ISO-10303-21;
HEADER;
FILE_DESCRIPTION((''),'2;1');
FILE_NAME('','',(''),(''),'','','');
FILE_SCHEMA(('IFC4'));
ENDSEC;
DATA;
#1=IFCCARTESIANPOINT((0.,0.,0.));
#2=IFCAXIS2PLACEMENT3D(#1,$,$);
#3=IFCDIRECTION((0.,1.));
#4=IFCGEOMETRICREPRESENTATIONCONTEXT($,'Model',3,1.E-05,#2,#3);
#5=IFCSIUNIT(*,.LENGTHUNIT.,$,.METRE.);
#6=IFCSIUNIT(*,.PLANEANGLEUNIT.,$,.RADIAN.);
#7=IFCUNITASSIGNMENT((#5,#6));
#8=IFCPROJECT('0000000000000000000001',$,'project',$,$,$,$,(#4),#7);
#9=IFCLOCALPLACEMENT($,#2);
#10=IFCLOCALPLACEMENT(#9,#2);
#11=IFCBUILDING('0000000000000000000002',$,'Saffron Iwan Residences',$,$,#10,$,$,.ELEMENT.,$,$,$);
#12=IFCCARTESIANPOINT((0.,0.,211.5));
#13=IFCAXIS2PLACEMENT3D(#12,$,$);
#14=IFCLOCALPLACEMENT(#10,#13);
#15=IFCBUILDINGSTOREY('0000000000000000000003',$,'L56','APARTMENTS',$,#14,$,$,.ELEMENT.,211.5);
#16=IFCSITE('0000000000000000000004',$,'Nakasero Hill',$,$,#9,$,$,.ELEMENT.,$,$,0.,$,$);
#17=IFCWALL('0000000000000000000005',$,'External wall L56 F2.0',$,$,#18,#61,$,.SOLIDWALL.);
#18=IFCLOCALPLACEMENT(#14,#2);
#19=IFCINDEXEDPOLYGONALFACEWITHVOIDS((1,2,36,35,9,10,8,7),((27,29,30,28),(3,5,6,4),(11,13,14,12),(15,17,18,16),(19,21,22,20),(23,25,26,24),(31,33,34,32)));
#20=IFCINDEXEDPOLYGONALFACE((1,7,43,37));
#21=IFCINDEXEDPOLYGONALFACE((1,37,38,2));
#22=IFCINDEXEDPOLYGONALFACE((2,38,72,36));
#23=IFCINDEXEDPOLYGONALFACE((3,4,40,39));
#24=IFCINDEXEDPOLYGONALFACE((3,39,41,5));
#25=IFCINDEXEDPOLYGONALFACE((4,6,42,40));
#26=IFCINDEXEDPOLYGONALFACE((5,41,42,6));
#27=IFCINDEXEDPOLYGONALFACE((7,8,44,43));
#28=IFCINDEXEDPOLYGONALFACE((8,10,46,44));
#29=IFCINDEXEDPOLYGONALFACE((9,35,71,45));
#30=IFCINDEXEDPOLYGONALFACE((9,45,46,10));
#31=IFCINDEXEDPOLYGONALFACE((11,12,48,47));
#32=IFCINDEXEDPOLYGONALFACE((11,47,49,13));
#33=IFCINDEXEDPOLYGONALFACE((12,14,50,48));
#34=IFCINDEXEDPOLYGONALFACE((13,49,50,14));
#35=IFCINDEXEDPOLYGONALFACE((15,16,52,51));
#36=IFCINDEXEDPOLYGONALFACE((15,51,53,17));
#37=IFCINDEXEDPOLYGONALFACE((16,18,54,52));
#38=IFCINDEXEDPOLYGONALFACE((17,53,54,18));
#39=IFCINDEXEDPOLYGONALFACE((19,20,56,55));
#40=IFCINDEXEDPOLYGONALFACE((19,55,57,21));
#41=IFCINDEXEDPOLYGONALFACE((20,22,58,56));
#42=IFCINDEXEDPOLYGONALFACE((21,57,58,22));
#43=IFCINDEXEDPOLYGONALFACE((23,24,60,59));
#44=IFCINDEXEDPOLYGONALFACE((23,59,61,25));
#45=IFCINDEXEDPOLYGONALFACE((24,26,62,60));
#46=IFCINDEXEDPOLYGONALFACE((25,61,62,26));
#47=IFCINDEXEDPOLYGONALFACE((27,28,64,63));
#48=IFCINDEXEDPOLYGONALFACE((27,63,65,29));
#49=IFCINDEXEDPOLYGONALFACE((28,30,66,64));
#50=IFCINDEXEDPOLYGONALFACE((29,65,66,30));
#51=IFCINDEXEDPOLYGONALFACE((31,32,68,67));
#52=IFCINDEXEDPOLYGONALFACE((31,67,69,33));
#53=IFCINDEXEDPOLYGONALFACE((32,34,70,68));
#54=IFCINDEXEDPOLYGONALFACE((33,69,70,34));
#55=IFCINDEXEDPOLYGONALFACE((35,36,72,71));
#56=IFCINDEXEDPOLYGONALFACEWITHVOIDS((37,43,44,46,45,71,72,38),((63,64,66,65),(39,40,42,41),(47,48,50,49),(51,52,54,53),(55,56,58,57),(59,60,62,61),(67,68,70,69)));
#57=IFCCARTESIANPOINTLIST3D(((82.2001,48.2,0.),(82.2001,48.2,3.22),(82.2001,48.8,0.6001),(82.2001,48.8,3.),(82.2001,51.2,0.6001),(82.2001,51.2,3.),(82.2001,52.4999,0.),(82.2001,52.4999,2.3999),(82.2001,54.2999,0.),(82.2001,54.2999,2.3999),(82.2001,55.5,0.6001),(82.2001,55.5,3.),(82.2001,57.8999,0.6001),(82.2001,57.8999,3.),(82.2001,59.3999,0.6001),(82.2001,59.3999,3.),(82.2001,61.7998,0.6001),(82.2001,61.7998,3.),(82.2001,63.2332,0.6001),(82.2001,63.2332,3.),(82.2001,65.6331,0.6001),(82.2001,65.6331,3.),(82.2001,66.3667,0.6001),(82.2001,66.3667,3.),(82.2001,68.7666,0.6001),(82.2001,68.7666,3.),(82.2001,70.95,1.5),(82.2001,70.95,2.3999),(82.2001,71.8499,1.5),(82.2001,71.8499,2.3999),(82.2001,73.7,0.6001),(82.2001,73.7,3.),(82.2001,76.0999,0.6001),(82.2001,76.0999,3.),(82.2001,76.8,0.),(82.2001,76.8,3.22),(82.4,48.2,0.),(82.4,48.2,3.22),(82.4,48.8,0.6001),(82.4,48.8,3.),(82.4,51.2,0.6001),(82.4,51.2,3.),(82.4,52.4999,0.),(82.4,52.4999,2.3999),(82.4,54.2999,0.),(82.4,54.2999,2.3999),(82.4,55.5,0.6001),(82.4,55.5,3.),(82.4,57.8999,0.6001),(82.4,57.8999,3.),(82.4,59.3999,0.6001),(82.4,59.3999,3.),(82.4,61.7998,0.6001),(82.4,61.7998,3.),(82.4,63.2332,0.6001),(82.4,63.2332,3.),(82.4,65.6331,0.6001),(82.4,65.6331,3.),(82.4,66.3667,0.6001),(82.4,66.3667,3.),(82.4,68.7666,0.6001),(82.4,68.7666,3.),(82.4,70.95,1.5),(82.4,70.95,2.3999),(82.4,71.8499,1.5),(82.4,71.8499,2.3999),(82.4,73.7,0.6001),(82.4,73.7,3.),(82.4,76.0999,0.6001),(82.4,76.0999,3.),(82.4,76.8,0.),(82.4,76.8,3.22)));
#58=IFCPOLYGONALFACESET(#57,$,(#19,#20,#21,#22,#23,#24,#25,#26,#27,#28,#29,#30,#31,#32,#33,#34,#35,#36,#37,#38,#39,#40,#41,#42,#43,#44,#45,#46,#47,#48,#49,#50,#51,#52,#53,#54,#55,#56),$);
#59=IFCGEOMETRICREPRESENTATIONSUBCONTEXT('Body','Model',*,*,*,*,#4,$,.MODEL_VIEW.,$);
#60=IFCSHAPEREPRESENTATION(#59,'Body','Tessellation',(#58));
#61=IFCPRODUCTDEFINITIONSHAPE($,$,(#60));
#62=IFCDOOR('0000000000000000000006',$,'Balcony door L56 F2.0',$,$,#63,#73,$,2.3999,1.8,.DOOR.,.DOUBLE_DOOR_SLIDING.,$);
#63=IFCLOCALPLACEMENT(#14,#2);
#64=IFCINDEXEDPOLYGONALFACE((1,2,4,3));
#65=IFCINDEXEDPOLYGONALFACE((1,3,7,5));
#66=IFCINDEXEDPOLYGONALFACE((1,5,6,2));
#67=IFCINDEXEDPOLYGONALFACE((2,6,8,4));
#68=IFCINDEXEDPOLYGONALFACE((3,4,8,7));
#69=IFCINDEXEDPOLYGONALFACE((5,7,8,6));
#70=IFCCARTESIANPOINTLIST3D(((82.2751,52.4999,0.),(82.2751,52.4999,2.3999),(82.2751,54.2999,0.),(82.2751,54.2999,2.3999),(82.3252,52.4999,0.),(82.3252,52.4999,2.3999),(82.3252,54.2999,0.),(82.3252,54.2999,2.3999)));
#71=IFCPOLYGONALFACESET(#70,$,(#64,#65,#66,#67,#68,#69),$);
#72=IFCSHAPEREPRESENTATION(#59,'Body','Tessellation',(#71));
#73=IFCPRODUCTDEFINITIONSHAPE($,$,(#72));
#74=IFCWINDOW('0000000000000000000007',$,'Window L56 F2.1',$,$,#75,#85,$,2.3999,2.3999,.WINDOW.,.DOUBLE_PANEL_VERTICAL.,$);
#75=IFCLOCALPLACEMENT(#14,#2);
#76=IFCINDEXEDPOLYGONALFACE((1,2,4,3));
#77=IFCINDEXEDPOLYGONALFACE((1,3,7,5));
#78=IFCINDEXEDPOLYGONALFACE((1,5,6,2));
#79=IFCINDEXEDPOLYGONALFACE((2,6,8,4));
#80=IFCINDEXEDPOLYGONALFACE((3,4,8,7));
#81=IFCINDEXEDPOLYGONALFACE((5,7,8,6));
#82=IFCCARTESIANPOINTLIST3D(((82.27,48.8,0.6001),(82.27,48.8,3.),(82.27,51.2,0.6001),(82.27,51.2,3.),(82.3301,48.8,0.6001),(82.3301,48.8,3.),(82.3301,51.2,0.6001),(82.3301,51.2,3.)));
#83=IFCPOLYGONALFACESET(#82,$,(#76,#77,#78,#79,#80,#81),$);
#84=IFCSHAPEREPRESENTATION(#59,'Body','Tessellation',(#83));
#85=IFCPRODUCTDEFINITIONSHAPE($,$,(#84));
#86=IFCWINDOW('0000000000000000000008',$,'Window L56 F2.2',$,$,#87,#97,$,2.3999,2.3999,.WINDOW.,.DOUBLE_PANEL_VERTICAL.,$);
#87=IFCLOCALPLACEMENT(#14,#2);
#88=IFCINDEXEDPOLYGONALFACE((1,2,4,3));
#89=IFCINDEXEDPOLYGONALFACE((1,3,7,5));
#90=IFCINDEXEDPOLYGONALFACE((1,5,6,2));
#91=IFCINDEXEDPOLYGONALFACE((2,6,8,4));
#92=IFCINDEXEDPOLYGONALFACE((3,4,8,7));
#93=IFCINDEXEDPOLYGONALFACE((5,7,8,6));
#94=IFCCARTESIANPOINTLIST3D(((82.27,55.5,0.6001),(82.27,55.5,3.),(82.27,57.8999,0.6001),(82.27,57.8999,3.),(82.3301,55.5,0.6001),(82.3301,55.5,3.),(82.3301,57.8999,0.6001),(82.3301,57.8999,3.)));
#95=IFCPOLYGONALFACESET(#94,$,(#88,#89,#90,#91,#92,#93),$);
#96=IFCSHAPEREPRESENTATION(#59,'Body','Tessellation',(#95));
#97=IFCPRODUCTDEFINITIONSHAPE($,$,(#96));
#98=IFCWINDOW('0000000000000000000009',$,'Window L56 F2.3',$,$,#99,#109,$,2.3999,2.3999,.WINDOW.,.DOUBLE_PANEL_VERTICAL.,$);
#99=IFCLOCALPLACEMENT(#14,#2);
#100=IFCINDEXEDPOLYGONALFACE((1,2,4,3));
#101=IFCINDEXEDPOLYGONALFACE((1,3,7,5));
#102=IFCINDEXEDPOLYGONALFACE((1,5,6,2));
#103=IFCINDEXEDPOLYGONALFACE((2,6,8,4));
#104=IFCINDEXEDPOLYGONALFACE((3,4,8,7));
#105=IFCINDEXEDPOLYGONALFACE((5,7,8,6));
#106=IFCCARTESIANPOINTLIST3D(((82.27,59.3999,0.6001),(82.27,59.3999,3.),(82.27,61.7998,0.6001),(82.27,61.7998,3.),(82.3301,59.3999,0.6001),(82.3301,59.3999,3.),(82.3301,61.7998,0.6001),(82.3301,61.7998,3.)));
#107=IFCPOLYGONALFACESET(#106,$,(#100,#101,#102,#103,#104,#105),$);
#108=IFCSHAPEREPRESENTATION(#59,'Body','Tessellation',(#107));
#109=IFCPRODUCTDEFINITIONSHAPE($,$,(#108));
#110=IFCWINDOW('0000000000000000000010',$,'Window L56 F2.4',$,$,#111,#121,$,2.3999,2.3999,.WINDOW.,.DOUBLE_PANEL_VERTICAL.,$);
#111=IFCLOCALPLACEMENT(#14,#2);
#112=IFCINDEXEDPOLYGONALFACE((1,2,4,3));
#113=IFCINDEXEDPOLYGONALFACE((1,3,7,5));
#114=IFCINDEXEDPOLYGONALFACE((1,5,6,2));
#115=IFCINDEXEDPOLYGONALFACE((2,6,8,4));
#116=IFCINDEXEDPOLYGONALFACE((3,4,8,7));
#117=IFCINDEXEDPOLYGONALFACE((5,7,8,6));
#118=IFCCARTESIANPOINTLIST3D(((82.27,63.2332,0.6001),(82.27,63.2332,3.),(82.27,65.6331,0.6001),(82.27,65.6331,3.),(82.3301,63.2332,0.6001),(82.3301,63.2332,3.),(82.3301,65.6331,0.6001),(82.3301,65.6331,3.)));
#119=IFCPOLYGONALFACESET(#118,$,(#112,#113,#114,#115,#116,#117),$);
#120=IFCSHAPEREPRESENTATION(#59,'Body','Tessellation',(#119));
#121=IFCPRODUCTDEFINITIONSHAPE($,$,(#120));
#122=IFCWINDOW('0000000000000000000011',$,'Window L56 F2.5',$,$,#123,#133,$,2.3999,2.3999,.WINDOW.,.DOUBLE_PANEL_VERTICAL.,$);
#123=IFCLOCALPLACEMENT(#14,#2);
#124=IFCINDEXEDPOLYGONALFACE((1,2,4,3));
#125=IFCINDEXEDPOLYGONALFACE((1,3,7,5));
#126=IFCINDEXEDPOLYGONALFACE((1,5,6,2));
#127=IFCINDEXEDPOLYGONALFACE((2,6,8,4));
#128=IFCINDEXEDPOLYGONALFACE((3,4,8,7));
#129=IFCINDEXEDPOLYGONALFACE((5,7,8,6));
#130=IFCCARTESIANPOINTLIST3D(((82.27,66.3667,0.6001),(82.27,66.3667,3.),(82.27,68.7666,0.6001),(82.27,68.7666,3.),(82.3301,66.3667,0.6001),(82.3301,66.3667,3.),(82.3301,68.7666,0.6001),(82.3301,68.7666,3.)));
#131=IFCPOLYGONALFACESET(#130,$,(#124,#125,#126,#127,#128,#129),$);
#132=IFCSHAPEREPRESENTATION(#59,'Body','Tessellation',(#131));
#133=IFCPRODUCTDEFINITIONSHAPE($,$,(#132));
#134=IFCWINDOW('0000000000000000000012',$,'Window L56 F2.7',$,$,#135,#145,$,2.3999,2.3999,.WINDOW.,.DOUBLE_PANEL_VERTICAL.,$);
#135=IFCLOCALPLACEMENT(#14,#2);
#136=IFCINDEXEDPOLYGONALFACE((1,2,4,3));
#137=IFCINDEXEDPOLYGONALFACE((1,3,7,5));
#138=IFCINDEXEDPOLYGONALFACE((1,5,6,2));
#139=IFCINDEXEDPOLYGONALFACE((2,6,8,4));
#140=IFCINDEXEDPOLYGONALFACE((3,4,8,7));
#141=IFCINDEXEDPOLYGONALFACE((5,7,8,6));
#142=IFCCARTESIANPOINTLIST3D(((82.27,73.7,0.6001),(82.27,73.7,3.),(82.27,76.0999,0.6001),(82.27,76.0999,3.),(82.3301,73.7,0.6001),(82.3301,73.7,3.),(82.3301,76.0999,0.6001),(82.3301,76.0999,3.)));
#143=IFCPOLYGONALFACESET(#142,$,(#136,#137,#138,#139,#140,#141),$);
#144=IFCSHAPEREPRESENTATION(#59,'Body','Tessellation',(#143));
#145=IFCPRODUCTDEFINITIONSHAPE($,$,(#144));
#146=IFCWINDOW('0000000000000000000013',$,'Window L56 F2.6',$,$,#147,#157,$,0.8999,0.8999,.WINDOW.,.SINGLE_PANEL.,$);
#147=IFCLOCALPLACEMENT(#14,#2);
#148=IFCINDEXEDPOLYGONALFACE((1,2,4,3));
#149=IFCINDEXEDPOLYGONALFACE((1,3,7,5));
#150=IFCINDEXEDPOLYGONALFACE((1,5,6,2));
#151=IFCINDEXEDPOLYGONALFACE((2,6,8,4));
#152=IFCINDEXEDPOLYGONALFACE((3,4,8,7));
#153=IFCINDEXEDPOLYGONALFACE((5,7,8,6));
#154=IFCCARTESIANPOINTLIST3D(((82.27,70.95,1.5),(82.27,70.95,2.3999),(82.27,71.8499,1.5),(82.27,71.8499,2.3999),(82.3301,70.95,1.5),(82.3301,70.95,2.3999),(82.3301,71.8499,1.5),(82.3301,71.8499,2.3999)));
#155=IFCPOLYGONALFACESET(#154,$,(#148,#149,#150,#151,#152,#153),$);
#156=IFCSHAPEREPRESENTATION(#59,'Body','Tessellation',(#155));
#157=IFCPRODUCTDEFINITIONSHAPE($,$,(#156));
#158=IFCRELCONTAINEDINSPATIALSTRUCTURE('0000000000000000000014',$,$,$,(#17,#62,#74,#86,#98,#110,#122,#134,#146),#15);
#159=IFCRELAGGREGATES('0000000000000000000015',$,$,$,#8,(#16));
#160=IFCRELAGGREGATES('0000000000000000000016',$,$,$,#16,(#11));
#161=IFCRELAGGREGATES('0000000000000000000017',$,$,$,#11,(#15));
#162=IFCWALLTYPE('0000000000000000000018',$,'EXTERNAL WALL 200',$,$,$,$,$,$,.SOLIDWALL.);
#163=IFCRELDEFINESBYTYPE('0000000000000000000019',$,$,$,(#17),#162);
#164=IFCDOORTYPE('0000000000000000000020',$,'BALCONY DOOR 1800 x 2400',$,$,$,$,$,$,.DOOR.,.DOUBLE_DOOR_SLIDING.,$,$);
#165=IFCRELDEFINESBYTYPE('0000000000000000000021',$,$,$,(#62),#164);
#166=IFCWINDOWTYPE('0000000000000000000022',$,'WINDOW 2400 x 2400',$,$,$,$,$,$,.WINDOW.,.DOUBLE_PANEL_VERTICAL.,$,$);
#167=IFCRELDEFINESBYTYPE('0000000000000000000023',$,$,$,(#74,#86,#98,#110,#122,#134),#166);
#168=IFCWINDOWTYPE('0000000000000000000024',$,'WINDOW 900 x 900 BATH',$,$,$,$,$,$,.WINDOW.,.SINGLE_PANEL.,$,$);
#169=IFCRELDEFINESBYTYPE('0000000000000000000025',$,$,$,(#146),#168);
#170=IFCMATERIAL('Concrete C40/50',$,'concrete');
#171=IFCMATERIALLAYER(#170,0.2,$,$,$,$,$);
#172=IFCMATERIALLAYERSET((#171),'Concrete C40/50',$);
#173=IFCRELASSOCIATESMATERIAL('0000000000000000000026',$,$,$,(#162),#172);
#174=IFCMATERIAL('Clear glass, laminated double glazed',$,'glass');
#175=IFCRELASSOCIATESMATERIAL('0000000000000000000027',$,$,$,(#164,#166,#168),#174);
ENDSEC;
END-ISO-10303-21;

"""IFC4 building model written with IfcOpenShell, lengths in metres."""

from ifc_helpers import new_model, si_unit, direction, frame, frame_2d, origin, place, context, subcontext, project, spatial, rectangle, extrude, material, layer, layer_set, type_object, element, fill, save


model = new_model("IFC4")

# Units and contexts
model_context = context("Model", 3, precision=1e-05, world=origin(), true_north=direction((0.0, 1.0)))
body_context = subcontext(model_context, "Body", "Model", "MODEL_VIEW")
ifc_project = project(units=[si_unit("LENGTHUNIT", "METRE"), si_unit("PLANEANGLEUNIT", "RADIAN")], contexts=[model_context])

# Site, building, storey
site_placement = place(None, origin())
site = spatial("IfcSite", under=ifc_project, at=site_placement, Name="Nakasero Hill", CompositionType="ELEMENT", RefElevation=0.0)
building_placement = place(site_placement, origin())
building = spatial("IfcBuilding", under=site, at=building_placement, Name="Saffron Iwan Residences", CompositionType="ELEMENT")
storey_placement = place(building_placement, frame((0.0, 0.0, 211.5)))
storey = spatial("IfcBuildingStorey", under=building, at=storey_placement, Name="L56", Description="APARTMENTS", CompositionType="ELEMENT", Elevation=211.5)

# Shared definitions
ifc_material_1 = material(Name="Concrete C40/50", Category="concrete")

# Shared definitions
ifc_layer_1 = layer(ifc_material_1, 0.2)
ifc_layer_set_1 = layer_set([ifc_layer_1], Name="Concrete C40/50")
wall_type_1 = type_object("IfcWallType", Name="EXTERNAL WALL 200", PredefinedType="SOLIDWALL", material=ifc_layer_set_1)
ifc_material_2 = material(Name="Clear glass, laminated double glazed", Category="glass")

# Wall, openings, door, windows
wall_1_placement = place(storey_placement, frame((82.3, 48.2, 0.0), z_axis=(0.0, 0.0, 1.0), x_axis=(0.0, 1.0, 0.0)))
wall_1 = element("IfcWall", 1, at=wall_1_placement, inside=storey, type_object=wall_type_1, Name="External wall L56 F2.0", PredefinedType="SOLIDWALL", context=body_context, shape_type="SweptSolid", body=[
    extrude(rectangle(XDim=28.6001, YDim=0.2, at=frame_2d((14.3, 0.0))), origin(), (0.0, 0.0, 1.0), 3.22),
])
opening_1_placement = place(wall_1_placement, frame((4.3, 0.0, 0.0)))
opening_1 = element("IfcOpeningElement", 2, at=opening_1_placement, cuts=wall_1, PredefinedType="OPENING", context=body_context, shape_type="SweptSolid", body=[
    extrude(rectangle(XDim=1.8, YDim=2.3999, at=frame_2d((0.8999, 1.2))), frame((0.0, 0.1099, 0.0), z_axis=(0.0, -1.0, 0.0), x_axis=(1.0, 0.0, 0.0)), (0.0, 0.0, 1.0), 0.22),
])
opening_2_placement = place(wall_1_placement, frame((0.6001, 0.0, 0.6001)))
opening_2 = element("IfcOpeningElement", 3, at=opening_2_placement, cuts=wall_1, PredefinedType="OPENING", context=body_context, shape_type="SweptSolid", body=[
    extrude(rectangle(XDim=2.3999, YDim=2.3999, at=frame_2d((1.2, 1.2))), frame((0.0, 0.1099, 0.0), z_axis=(0.0, -1.0, 0.0), x_axis=(1.0, 0.0, 0.0)), (0.0, 0.0, 1.0), 0.22),
])
opening_3_placement = place(wall_1_placement, frame((7.3, 0.0, 0.6001)))
opening_3 = element("IfcOpeningElement", 4, at=opening_3_placement, cuts=wall_1, PredefinedType="OPENING", context=body_context, shape_type="SweptSolid", body=[
    extrude(rectangle(XDim=2.3999, YDim=2.3999, at=frame_2d((1.2, 1.2))), frame((0.0, 0.1099, 0.0), z_axis=(0.0, -1.0, 0.0), x_axis=(1.0, 0.0, 0.0)), (0.0, 0.0, 1.0), 0.22),
])
opening_4_placement = place(wall_1_placement, frame((11.2, 0.0, 0.6001)))
opening_4 = element("IfcOpeningElement", 5, at=opening_4_placement, cuts=wall_1, PredefinedType="OPENING", context=body_context, shape_type="SweptSolid", body=[
    extrude(rectangle(XDim=2.3999, YDim=2.3999, at=frame_2d((1.2, 1.2))), frame((0.0, 0.1099, 0.0), z_axis=(0.0, -1.0, 0.0), x_axis=(1.0, 0.0, 0.0)), (0.0, 0.0, 1.0), 0.22),
])
opening_5_placement = place(wall_1_placement, frame((15.0332, 0.0, 0.6001)))
opening_5 = element("IfcOpeningElement", 6, at=opening_5_placement, cuts=wall_1, PredefinedType="OPENING", context=body_context, shape_type="SweptSolid", body=[
    extrude(rectangle(XDim=2.3999, YDim=2.3999, at=frame_2d((1.2, 1.2))), frame((0.0, 0.1099, 0.0), z_axis=(0.0, -1.0, 0.0), x_axis=(1.0, 0.0, 0.0)), (0.0, 0.0, 1.0), 0.22),
])
opening_6_placement = place(wall_1_placement, frame((18.1667, 0.0, 0.6001)))
opening_6 = element("IfcOpeningElement", 7, at=opening_6_placement, cuts=wall_1, PredefinedType="OPENING", context=body_context, shape_type="SweptSolid", body=[
    extrude(rectangle(XDim=2.3999, YDim=2.3999, at=frame_2d((1.2, 1.2))), frame((0.0, 0.1099, 0.0), z_axis=(0.0, -1.0, 0.0), x_axis=(1.0, 0.0, 0.0)), (0.0, 0.0, 1.0), 0.22),
])
opening_7_placement = place(wall_1_placement, frame((22.75, 0.0, 1.5)))
opening_7 = element("IfcOpeningElement", 8, at=opening_7_placement, cuts=wall_1, PredefinedType="OPENING", context=body_context, shape_type="SweptSolid", body=[
    extrude(rectangle(XDim=0.8999, YDim=0.8999, at=frame_2d((0.45, 0.45))), frame((0.0, 0.1099, 0.0), z_axis=(0.0, -1.0, 0.0), x_axis=(1.0, 0.0, 0.0)), (0.0, 0.0, 1.0), 0.22),
])
opening_8_placement = place(wall_1_placement, frame((25.5, 0.0, 0.6001)))
opening_8 = element("IfcOpeningElement", 9, at=opening_8_placement, cuts=wall_1, PredefinedType="OPENING", context=body_context, shape_type="SweptSolid", body=[
    extrude(rectangle(XDim=2.3999, YDim=2.3999, at=frame_2d((1.2, 1.2))), frame((0.0, 0.1099, 0.0), z_axis=(0.0, -1.0, 0.0), x_axis=(1.0, 0.0, 0.0)), (0.0, 0.0, 1.0), 0.22),
])
door_type_1 = type_object("IfcDoorType", Name="BALCONY DOOR 1800 x 2400", OperationType="DOUBLE_DOOR_SLIDING", PredefinedType="DOOR", material=ifc_material_2)
door_1_placement = place(opening_1_placement, origin())
door_1 = element("IfcDoor", 10, at=door_1_placement, inside=storey, type_object=door_type_1, Name="Balcony door L56 F2.0", OperationType="DOUBLE_DOOR_SLIDING", OverallHeight=2.3999, OverallWidth=1.8, PredefinedType="DOOR", context=body_context, shape_type="SweptSolid", body=[
    extrude(rectangle(XDim=1.8, YDim=2.3999, at=frame_2d((0.8999, 1.2))), frame((0.0, 0.0249, 0.0), z_axis=(0.0, -1.0, 0.0), x_axis=(1.0, 0.0, 0.0)), (0.0, 0.0, 1.0), 0.05),
])
fill(opening_1, door_1)
window_type_1 = type_object("IfcWindowType", Name="WINDOW 2400 x 2400", PartitioningType="DOUBLE_PANEL_VERTICAL", PredefinedType="WINDOW", material=ifc_material_2)
window_1_placement = place(opening_2_placement, origin())
window_1 = element("IfcWindow", 11, at=window_1_placement, inside=storey, type_object=window_type_1, Name="Window L56 F2.1", OverallHeight=2.3999, OverallWidth=2.3999, PartitioningType="DOUBLE_PANEL_VERTICAL", PredefinedType="WINDOW", context=body_context, shape_type="SweptSolid", body=[
    extrude(rectangle(XDim=2.3999, YDim=2.3999, at=frame_2d((1.2, 1.2))), frame((0.0, 0.03, 0.0), z_axis=(0.0, -1.0, 0.0), x_axis=(1.0, 0.0, 0.0)), (0.0, 0.0, 1.0), 0.0601),
])
fill(opening_2, window_1)
window_2_placement = place(opening_3_placement, origin())
window_2 = element("IfcWindow", 12, at=window_2_placement, inside=storey, type_object=window_type_1, Name="Window L56 F2.2", OverallHeight=2.3999, OverallWidth=2.3999, PartitioningType="DOUBLE_PANEL_VERTICAL", PredefinedType="WINDOW", context=body_context, shape_type="SweptSolid", body=[
    extrude(rectangle(XDim=2.3999, YDim=2.3999, at=frame_2d((1.2, 1.2))), frame((0.0, 0.03, 0.0), z_axis=(0.0, -1.0, 0.0), x_axis=(1.0, 0.0, 0.0)), (0.0, 0.0, 1.0), 0.0601),
])
fill(opening_3, window_2)
window_3_placement = place(opening_4_placement, origin())
window_3 = element("IfcWindow", 13, at=window_3_placement, inside=storey, type_object=window_type_1, Name="Window L56 F2.3", OverallHeight=2.3999, OverallWidth=2.3999, PartitioningType="DOUBLE_PANEL_VERTICAL", PredefinedType="WINDOW", context=body_context, shape_type="SweptSolid", body=[
    extrude(rectangle(XDim=2.3999, YDim=2.3999, at=frame_2d((1.2, 1.2))), frame((0.0, 0.03, 0.0), z_axis=(0.0, -1.0, 0.0), x_axis=(1.0, 0.0, 0.0)), (0.0, 0.0, 1.0), 0.0601),
])
fill(opening_4, window_3)
window_4_placement = place(opening_5_placement, origin())
window_4 = element("IfcWindow", 14, at=window_4_placement, inside=storey, type_object=window_type_1, Name="Window L56 F2.4", OverallHeight=2.3999, OverallWidth=2.3999, PartitioningType="DOUBLE_PANEL_VERTICAL", PredefinedType="WINDOW", context=body_context, shape_type="SweptSolid", body=[
    extrude(rectangle(XDim=2.3999, YDim=2.3999, at=frame_2d((1.2, 1.2))), frame((0.0, 0.03, 0.0), z_axis=(0.0, -1.0, 0.0), x_axis=(1.0, 0.0, 0.0)), (0.0, 0.0, 1.0), 0.0601),
])
fill(opening_5, window_4)
window_5_placement = place(opening_6_placement, origin())
window_5 = element("IfcWindow", 15, at=window_5_placement, inside=storey, type_object=window_type_1, Name="Window L56 F2.5", OverallHeight=2.3999, OverallWidth=2.3999, PartitioningType="DOUBLE_PANEL_VERTICAL", PredefinedType="WINDOW", context=body_context, shape_type="SweptSolid", body=[
    extrude(rectangle(XDim=2.3999, YDim=2.3999, at=frame_2d((1.2, 1.2))), frame((0.0, 0.03, 0.0), z_axis=(0.0, -1.0, 0.0), x_axis=(1.0, 0.0, 0.0)), (0.0, 0.0, 1.0), 0.0601),
])
fill(opening_6, window_5)
window_6_placement = place(opening_8_placement, origin())
window_6 = element("IfcWindow", 16, at=window_6_placement, inside=storey, type_object=window_type_1, Name="Window L56 F2.7", OverallHeight=2.3999, OverallWidth=2.3999, PartitioningType="DOUBLE_PANEL_VERTICAL", PredefinedType="WINDOW", context=body_context, shape_type="SweptSolid", body=[
    extrude(rectangle(XDim=2.3999, YDim=2.3999, at=frame_2d((1.2, 1.2))), frame((0.0, 0.03, 0.0), z_axis=(0.0, -1.0, 0.0), x_axis=(1.0, 0.0, 0.0)), (0.0, 0.0, 1.0), 0.0601),
])
fill(opening_8, window_6)
window_type_2 = type_object("IfcWindowType", Name="WINDOW 900 x 900 BATH", PartitioningType="SINGLE_PANEL", PredefinedType="WINDOW", material=ifc_material_2)
window_7_placement = place(opening_7_placement, origin())
window_7 = element("IfcWindow", 17, at=window_7_placement, inside=storey, type_object=window_type_2, Name="Window L56 F2.6", OverallHeight=0.8999, OverallWidth=0.8999, PartitioningType="SINGLE_PANEL", PredefinedType="WINDOW", context=body_context, shape_type="SweptSolid", body=[
    extrude(rectangle(XDim=0.8999, YDim=0.8999, at=frame_2d((0.45, 0.45))), frame((0.0, 0.03, 0.0), z_axis=(0.0, -1.0, 0.0), x_axis=(1.0, 0.0, 0.0)), (0.0, 0.0, 1.0), 0.0601),
])
fill(opening_7, window_7)

save(model, "model.ifc")
